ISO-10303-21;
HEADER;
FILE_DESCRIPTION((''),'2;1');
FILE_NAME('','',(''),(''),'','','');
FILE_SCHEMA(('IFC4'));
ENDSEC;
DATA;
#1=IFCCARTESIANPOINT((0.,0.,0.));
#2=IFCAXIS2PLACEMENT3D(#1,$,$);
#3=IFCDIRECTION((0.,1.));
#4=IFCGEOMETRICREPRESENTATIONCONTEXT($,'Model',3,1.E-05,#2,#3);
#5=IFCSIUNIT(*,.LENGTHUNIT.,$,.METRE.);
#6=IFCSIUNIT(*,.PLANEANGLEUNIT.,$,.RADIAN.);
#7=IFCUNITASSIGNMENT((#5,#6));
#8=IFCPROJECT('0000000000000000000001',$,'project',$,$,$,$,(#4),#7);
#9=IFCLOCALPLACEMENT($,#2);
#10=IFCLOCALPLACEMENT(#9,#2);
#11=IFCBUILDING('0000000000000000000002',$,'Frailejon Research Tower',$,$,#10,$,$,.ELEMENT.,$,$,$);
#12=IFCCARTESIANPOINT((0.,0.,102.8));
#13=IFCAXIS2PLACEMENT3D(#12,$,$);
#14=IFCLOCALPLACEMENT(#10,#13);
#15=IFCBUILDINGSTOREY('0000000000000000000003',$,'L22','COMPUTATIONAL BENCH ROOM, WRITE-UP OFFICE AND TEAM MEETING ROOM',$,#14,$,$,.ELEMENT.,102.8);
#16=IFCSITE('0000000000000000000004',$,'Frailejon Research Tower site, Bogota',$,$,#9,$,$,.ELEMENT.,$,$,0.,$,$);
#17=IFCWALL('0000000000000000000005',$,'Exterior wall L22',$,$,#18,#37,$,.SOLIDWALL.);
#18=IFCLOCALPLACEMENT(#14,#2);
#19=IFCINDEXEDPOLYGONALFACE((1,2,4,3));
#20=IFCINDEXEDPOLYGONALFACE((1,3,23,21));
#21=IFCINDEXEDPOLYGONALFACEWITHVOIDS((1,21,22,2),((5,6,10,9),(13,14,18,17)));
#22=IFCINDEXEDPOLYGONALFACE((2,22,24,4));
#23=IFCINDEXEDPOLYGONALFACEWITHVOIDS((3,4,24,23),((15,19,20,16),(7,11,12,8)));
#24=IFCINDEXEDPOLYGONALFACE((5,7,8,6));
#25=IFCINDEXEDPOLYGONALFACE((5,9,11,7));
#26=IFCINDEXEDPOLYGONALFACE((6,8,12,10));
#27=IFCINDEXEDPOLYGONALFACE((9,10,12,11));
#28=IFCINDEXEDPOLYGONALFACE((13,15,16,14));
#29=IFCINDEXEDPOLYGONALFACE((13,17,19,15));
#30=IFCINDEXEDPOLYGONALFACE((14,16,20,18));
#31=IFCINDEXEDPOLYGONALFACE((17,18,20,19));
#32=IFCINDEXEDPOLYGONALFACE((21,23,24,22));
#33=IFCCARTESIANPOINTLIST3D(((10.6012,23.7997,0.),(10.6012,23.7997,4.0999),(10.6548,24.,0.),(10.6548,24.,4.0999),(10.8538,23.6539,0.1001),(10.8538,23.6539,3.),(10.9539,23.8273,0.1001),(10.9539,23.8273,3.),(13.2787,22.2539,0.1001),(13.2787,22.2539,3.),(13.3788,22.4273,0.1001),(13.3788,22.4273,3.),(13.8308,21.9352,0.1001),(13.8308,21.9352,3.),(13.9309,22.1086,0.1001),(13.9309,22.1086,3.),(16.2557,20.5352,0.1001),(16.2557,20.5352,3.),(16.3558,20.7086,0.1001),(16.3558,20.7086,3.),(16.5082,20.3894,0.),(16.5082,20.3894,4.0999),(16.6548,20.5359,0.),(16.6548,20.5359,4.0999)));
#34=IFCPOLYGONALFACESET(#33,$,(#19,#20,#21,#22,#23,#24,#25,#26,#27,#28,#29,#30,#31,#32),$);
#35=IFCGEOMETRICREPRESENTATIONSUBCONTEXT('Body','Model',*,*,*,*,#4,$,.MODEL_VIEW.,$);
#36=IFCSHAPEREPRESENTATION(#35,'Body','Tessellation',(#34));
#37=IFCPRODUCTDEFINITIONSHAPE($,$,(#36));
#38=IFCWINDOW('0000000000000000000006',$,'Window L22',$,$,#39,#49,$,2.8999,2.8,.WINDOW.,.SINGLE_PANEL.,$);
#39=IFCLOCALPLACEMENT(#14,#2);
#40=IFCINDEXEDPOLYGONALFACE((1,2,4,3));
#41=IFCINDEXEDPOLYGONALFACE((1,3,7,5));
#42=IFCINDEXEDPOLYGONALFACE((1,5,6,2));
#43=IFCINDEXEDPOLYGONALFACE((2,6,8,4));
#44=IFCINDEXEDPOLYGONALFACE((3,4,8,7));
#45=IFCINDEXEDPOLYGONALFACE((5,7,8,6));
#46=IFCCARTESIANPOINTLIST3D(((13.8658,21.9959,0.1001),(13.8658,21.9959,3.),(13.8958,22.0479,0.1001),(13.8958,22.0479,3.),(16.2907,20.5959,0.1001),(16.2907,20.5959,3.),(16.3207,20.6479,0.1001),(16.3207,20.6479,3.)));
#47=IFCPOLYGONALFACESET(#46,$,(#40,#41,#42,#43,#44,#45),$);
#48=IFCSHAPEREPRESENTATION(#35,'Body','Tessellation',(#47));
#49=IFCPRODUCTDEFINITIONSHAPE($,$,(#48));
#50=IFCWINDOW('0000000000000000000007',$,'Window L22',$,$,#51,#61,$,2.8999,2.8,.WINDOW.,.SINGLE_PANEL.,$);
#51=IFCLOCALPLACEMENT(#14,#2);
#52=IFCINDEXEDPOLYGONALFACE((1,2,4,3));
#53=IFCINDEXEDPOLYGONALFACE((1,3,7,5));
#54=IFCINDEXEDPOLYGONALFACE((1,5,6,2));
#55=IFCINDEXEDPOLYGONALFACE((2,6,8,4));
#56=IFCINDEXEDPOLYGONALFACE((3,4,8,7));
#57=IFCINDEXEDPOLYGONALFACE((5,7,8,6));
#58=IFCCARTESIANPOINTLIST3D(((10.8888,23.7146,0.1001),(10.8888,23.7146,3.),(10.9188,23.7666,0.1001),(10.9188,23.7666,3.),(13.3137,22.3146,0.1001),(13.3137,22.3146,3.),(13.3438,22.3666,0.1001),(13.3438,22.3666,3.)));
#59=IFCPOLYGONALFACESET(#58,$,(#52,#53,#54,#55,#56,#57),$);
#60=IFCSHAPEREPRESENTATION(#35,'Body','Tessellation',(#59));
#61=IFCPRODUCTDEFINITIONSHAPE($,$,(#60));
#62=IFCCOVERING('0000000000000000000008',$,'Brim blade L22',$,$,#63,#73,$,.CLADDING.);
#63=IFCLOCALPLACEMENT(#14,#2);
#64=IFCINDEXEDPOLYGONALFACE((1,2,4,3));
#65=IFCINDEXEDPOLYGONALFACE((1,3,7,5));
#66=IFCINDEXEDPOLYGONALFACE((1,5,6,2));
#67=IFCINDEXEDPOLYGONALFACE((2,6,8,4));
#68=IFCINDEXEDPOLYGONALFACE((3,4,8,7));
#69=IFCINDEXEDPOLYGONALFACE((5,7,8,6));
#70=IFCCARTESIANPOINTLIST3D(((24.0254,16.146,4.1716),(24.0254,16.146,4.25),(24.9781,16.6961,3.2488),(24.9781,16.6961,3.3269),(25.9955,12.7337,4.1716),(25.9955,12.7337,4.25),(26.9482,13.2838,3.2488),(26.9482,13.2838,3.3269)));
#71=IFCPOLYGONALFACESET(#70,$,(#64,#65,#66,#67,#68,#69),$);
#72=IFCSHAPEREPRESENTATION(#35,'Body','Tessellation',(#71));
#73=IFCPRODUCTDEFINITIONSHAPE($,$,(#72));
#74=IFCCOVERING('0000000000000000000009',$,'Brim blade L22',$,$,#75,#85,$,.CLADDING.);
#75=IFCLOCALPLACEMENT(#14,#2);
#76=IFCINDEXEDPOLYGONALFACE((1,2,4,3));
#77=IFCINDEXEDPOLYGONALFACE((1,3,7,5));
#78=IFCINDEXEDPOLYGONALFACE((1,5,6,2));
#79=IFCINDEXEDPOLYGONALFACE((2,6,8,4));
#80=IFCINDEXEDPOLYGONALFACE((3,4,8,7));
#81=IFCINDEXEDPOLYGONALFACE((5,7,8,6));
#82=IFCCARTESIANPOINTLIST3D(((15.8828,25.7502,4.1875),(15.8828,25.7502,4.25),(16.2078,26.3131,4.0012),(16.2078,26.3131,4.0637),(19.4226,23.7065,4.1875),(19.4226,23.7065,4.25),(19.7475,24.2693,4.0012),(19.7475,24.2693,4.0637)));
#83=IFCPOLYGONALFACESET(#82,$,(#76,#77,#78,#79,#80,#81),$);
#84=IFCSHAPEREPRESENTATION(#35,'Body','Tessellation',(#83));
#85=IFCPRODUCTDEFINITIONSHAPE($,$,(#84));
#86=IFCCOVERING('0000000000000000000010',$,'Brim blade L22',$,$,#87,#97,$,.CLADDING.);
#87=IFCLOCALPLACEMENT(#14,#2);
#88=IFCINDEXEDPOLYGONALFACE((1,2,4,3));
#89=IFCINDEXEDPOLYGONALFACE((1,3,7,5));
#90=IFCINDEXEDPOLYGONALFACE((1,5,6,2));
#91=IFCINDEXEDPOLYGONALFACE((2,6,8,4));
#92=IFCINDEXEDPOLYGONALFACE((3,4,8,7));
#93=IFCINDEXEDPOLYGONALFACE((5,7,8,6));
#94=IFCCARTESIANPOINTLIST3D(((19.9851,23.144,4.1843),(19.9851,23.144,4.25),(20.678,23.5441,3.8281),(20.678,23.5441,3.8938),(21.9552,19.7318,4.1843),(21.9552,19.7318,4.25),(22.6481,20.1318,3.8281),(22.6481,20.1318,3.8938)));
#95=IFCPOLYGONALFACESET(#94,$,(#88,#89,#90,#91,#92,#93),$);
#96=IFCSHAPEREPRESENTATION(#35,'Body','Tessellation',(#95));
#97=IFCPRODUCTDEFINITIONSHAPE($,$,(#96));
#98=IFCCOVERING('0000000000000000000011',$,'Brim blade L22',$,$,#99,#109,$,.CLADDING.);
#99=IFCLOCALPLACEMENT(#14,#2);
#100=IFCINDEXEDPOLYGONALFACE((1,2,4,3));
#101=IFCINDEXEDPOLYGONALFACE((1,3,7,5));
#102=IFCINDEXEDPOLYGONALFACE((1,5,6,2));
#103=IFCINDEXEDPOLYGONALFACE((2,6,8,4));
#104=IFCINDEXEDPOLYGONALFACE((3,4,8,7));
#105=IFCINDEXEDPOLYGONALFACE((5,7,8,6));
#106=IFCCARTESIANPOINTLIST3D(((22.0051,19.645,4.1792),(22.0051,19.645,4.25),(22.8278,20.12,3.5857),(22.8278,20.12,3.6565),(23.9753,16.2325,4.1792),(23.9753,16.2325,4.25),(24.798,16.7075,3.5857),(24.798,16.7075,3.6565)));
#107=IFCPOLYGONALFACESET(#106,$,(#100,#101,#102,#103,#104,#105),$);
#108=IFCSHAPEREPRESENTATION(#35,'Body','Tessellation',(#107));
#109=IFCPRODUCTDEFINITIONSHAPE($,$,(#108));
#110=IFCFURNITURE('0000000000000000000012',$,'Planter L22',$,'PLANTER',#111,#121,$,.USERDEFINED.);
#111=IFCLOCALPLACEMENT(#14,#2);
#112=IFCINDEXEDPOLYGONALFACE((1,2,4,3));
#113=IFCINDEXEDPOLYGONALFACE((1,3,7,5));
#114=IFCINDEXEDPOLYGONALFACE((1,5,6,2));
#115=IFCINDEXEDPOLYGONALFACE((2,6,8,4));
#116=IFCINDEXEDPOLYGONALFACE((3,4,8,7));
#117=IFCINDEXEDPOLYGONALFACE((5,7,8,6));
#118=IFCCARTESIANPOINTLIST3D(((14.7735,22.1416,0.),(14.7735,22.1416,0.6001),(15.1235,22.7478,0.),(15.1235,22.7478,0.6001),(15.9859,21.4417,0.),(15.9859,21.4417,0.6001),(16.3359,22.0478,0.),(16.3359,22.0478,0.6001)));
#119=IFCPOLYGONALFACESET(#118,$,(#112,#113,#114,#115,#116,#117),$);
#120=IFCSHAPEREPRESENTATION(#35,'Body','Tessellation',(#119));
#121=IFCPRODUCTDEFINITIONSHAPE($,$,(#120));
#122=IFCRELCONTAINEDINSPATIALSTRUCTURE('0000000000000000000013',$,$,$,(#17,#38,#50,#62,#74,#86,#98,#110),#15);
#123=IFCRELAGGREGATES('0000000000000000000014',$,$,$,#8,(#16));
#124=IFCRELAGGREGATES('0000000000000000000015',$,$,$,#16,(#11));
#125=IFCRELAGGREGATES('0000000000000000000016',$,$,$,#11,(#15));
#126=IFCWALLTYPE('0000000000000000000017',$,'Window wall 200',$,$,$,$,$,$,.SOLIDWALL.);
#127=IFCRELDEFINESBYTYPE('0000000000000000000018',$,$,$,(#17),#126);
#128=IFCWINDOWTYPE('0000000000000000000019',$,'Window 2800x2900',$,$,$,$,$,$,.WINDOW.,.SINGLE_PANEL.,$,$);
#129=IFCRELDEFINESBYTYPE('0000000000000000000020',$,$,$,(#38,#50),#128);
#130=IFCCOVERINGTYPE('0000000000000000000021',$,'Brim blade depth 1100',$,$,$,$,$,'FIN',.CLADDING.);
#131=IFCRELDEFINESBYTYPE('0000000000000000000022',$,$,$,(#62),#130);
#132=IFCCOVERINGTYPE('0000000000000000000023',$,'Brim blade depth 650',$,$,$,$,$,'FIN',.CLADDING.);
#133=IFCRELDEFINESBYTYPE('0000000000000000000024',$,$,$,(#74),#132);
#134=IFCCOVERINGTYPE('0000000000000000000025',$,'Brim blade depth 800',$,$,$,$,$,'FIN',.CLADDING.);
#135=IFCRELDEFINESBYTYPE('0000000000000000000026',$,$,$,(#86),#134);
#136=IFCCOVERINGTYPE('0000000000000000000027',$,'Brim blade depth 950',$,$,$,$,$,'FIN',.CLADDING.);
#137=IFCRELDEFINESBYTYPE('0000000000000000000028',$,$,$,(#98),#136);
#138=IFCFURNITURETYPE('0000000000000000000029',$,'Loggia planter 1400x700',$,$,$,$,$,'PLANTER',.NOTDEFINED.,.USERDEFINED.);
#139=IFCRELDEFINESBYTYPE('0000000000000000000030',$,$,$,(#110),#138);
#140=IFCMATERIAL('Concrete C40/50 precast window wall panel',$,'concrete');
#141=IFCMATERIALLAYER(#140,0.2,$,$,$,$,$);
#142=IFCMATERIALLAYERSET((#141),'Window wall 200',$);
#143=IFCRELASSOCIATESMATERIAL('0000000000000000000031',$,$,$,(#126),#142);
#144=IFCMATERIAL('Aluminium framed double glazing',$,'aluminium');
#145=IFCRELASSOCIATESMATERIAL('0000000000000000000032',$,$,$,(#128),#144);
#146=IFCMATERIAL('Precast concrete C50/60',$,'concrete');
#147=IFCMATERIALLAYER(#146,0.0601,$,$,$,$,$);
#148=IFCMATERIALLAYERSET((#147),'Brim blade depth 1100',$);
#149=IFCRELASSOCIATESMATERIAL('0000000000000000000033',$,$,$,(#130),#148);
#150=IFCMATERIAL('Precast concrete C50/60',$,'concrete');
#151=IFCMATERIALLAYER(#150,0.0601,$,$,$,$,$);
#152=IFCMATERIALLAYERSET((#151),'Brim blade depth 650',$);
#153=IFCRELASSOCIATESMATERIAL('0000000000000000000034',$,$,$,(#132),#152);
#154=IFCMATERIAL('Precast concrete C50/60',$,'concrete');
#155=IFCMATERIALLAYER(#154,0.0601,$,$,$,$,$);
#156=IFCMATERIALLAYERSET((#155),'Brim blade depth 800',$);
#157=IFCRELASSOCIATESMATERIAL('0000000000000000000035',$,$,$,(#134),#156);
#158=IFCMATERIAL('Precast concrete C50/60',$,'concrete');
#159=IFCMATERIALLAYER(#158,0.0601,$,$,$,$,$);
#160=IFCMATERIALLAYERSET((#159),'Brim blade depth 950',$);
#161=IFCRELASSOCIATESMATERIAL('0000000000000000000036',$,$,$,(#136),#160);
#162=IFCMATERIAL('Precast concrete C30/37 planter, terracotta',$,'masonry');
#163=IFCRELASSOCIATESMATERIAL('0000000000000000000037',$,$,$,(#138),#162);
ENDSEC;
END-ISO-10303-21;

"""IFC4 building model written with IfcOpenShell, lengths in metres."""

from ifc_helpers import new_model, si_unit, direction, frame, frame_2d, origin, origin_2d, place, context, subcontext, project, spatial, polyline, rectangle, outline, extrude, material, layer, layer_set, type_object, element, fill, save


model = new_model("IFC4")

# Units and contexts
model_context = context("Model", 3, precision=1e-05, world=origin(), true_north=direction((0.0, 1.0)))
body_context = subcontext(model_context, "Body", "Model", "MODEL_VIEW")
ifc_project = project(units=[si_unit("LENGTHUNIT", "METRE"), si_unit("PLANEANGLEUNIT", "RADIAN")], contexts=[model_context])

# Site, building, storey
site_placement = place(None, origin())
site = spatial("IfcSite", under=ifc_project, at=site_placement, Name="Frailejon Research Tower site, Bogota", CompositionType="ELEMENT", RefElevation=0.0)
building_placement = place(site_placement, origin())
building = spatial("IfcBuilding", under=site, at=building_placement, Name="Frailejon Research Tower", CompositionType="ELEMENT")
storey_placement = place(building_placement, frame((0.0, 0.0, 102.8)))
storey = spatial("IfcBuildingStorey", under=building, at=storey_placement, Name="L22", Description="COMPUTATIONAL BENCH ROOM, WRITE-UP OFFICE AND TEAM MEETING ROOM", CompositionType="ELEMENT", Elevation=102.8)

# Wall, openings, windows
ifc_material_1 = material(Name="Concrete C40/50 precast window wall panel", Category="concrete")
ifc_layer_1 = layer(ifc_material_1, 0.2)
ifc_layer_set_1 = layer_set([ifc_layer_1], Name="Window wall 200")
wall_type_1 = type_object("IfcWallType", Name="Window wall 200", PredefinedType="SOLIDWALL", material=ifc_layer_set_1)
wall_1_placement = place(storey_placement, frame((16.5815, 20.4626, 0.0), z_axis=(0.0, 0.0, 1.0), x_axis=(-0.866029, 0.499993, 0.0)))
wall_1 = element("IfcWall", 1, at=wall_1_placement, inside=storey, type_object=wall_type_1, Name="Exterior wall L22", PredefinedType="SOLIDWALL", context=body_context, shape_type="SweptSolid", body=[
    extrude(outline(polyline([(-0.0269, -0.1001), (1.1279, -0.1001), (2.2825, -0.1001), (3.4373, -0.1001), (4.592, -0.1001), (5.7466, -0.1001), (6.9014, -0.1001), (6.8477, 0.1001), (5.7109, 0.1001), (4.574, 0.1001), (3.4373, 0.1001), (2.3005, 0.1001), (1.1636, 0.1001), (0.0269, 0.1001), (-0.0269, -0.1001)])), origin(), (0.0, 0.0, 1.0), 4.0999),
])
opening_1_placement = place(wall_1_placement, frame((0.3186, 0.0, 0.1001)))
opening_1 = element("IfcOpeningElement", 2, at=opening_1_placement, cuts=wall_1, PredefinedType="OPENING", context=body_context, shape_type="SweptSolid", body=[
    extrude(rectangle(XDim=2.8, YDim=2.8999, at=frame_2d((1.3999, 1.45))), frame((0.0, 0.1099, 0.0), z_axis=(0.0, -1.0, 0.0), x_axis=(1.0, 0.0, 0.0)), (0.0, 0.0, 1.0), 0.22),
])
opening_2_placement = place(wall_1_placement, frame((3.7561, 0.0, 0.1001)))
opening_2 = element("IfcOpeningElement", 3, at=opening_2_placement, cuts=wall_1, PredefinedType="OPENING", context=body_context, shape_type="SweptSolid", body=[
    extrude(rectangle(XDim=2.8, YDim=2.8999, at=frame_2d((1.3999, 1.45))), frame((0.0, 0.1099, 0.0), z_axis=(0.0, -1.0, 0.0), x_axis=(1.0, 0.0, 0.0)), (0.0, 0.0, 1.0), 0.22),
])
ifc_material_2 = material(Name="Aluminium framed double glazing", Category="aluminium")
window_type = type_object("IfcWindowType", Name="Window 2800x2900", PartitioningType="SINGLE_PANEL", PredefinedType="WINDOW", material=ifc_material_2)
window_1_placement = place(opening_1_placement, origin())
window_1 = element("IfcWindow", 4, at=window_1_placement, inside=storey, type_object=window_type, Name="Window L22", OverallHeight=2.8999, OverallWidth=2.8, PartitioningType="SINGLE_PANEL", PredefinedType="WINDOW", context=body_context, shape_type="SweptSolid", body=[
    extrude(rectangle(XDim=2.8, YDim=2.8999, at=frame_2d((1.3999, 1.45))), frame((0.0, 0.03, 0.0), z_axis=(0.0, -1.0, 0.0), x_axis=(1.0, 0.0, 0.0)), (0.0, 0.0, 1.0), 0.0601),
])
fill(opening_1, window_1)
window_2_placement = place(opening_2_placement, origin())
window_2 = element("IfcWindow", 5, at=window_2_placement, inside=storey, type_object=window_type, Name="Window L22", OverallHeight=2.8999, OverallWidth=2.8, PartitioningType="SINGLE_PANEL", PredefinedType="WINDOW", context=body_context, shape_type="SweptSolid", body=[
    extrude(rectangle(XDim=2.8, YDim=2.8999, at=frame_2d((1.3999, 1.45))), frame((0.0, 0.03, 0.0), z_axis=(0.0, -1.0, 0.0), x_axis=(1.0, 0.0, 0.0)), (0.0, 0.0, 1.0), 0.0601),
])
fill(opening_2, window_2)

# Coverings
ifc_material_3 = material(Name="Precast concrete C50/60", Category="concrete")
ifc_layer_2 = layer(ifc_material_3, 0.0601)
ifc_layer_set_2 = layer_set([ifc_layer_2], Name="Brim blade depth 1100")
covering_type_1 = type_object("IfcCoveringType", Name="Brim blade depth 1100", ElementType="FIN", PredefinedType="CLADDING", material=ifc_layer_set_2)
covering_1_placement = place(storey_placement, frame((24.0254, 16.146, 4.25), z_axis=(0.50001, -0.86602, 0.0), x_axis=(0.86602, 0.50001, 0.0)))
element("IfcCovering", 6, at=covering_1_placement, inside=storey, type_object=covering_type_1, Name="Brim blade L22", PredefinedType="CLADDING", context=body_context, shape_type="SweptSolid", body=[
    extrude(outline(polyline([(0.0, -0.0784), (1.1001, -1.0012), (1.1001, -0.9231), (0.0, 0.0), (0.0, -0.0784)])), origin(), (0.0, 0.0, 1.0), 3.9402),
])
ifc_material_4 = material(Name="Precast concrete C50/60", Category="concrete")
ifc_layer_3 = layer(ifc_material_4, 0.0601)
ifc_layer_set_3 = layer_set([ifc_layer_3], Name="Brim blade depth 650")
covering_type_2 = type_object("IfcCoveringType", Name="Brim blade depth 650", ElementType="FIN", PredefinedType="CLADDING", material=ifc_layer_set_3)
covering_2_placement = place(storey_placement, frame((15.8828, 25.7502, 4.25), z_axis=(0.866021, -0.500007, 0.0), x_axis=(0.500007, 0.866021, 0.0)))
element("IfcCovering", 7, at=covering_2_placement, inside=storey, type_object=covering_type_2, Name="Brim blade L22", PredefinedType="CLADDING", context=body_context, shape_type="SweptSolid", body=[
    extrude(outline(polyline([(0.0, -0.0625), (0.6499, -0.2488), (0.6499, -0.1863), (0.0, 0.0), (0.0, -0.0625)])), origin(), (0.0, 0.0, 1.0), 4.0874),
])
ifc_material_5 = material(Name="Precast concrete C50/60", Category="concrete")
ifc_layer_4 = layer(ifc_material_5, 0.0601)
ifc_layer_set_4 = layer_set([ifc_layer_4], Name="Brim blade depth 800")
covering_type_3 = type_object("IfcCoveringType", Name="Brim blade depth 800", ElementType="FIN", PredefinedType="CLADDING", material=ifc_layer_set_4)
covering_3_placement = place(storey_placement, frame((19.9851, 23.144, 4.25), z_axis=(0.50001, -0.86602, 0.0), x_axis=(0.86602, 0.50001, 0.0)))
element("IfcCovering", 8, at=covering_3_placement, inside=storey, type_object=covering_type_3, Name="Brim blade L22", PredefinedType="CLADDING", context=body_context, shape_type="SweptSolid", body=[
    extrude(outline(polyline([(0.0, -0.0657), (0.8, -0.4219), (0.8, -0.3562), (0.0, 0.0), (0.0, -0.0657)])), origin(), (0.0, 0.0, 1.0), 3.9402),
])
ifc_material_6 = material(Name="Precast concrete C50/60", Category="concrete")
ifc_layer_5 = layer(ifc_material_6, 0.0601)
ifc_layer_set_5 = layer_set([ifc_layer_5], Name="Brim blade depth 950")
covering_type_4 = type_object("IfcCoveringType", Name="Brim blade depth 950", ElementType="FIN", PredefinedType="CLADDING", material=ifc_layer_set_5)
covering_4_placement = place(storey_placement, frame((22.0051, 19.645, 4.25), z_axis=(0.499999, -0.866026, 0.0), x_axis=(0.866026, 0.499999, 0.0)))
element("IfcCovering", 9, at=covering_4_placement, inside=storey, type_object=covering_type_4, Name="Brim blade L22", PredefinedType="CLADDING", context=body_context, shape_type="SweptSolid", body=[
    extrude(outline(polyline([(0.0, -0.0708), (0.95, -0.6643), (0.95, -0.5935), (0.0, 0.0), (0.0, -0.0708)])), origin(), (0.0, 0.0, 1.0), 3.9404),
])

# Furniture
ifc_material_7 = material(Name="Precast concrete C30/37 planter, terracotta", Category="masonry")
furniture_type = type_object("IfcFurnitureType", Name="Loggia planter 1400x700", ElementType="PLANTER", AssemblyPlace="NOTDEFINED", PredefinedType="USERDEFINED", material=ifc_material_7)
furniture_placement = place(storey_placement, frame((15.5547, 22.0947, 0.0), z_axis=(0.0, 0.0, 1.0), x_axis=(-0.866025, 0.5, 0.0)))
element("IfcFurniture", 10, at=furniture_placement, inside=storey, type_object=furniture_type, Name="Planter L22", ObjectType="PLANTER", PredefinedType="USERDEFINED", context=body_context, shape_type="SweptSolid", body=[
    extrude(rectangle(XDim=1.3999, YDim=0.7, at=origin_2d()), origin(), (0.0, 0.0, 1.0), 0.6001),
])

save(model, "model.ifc")
